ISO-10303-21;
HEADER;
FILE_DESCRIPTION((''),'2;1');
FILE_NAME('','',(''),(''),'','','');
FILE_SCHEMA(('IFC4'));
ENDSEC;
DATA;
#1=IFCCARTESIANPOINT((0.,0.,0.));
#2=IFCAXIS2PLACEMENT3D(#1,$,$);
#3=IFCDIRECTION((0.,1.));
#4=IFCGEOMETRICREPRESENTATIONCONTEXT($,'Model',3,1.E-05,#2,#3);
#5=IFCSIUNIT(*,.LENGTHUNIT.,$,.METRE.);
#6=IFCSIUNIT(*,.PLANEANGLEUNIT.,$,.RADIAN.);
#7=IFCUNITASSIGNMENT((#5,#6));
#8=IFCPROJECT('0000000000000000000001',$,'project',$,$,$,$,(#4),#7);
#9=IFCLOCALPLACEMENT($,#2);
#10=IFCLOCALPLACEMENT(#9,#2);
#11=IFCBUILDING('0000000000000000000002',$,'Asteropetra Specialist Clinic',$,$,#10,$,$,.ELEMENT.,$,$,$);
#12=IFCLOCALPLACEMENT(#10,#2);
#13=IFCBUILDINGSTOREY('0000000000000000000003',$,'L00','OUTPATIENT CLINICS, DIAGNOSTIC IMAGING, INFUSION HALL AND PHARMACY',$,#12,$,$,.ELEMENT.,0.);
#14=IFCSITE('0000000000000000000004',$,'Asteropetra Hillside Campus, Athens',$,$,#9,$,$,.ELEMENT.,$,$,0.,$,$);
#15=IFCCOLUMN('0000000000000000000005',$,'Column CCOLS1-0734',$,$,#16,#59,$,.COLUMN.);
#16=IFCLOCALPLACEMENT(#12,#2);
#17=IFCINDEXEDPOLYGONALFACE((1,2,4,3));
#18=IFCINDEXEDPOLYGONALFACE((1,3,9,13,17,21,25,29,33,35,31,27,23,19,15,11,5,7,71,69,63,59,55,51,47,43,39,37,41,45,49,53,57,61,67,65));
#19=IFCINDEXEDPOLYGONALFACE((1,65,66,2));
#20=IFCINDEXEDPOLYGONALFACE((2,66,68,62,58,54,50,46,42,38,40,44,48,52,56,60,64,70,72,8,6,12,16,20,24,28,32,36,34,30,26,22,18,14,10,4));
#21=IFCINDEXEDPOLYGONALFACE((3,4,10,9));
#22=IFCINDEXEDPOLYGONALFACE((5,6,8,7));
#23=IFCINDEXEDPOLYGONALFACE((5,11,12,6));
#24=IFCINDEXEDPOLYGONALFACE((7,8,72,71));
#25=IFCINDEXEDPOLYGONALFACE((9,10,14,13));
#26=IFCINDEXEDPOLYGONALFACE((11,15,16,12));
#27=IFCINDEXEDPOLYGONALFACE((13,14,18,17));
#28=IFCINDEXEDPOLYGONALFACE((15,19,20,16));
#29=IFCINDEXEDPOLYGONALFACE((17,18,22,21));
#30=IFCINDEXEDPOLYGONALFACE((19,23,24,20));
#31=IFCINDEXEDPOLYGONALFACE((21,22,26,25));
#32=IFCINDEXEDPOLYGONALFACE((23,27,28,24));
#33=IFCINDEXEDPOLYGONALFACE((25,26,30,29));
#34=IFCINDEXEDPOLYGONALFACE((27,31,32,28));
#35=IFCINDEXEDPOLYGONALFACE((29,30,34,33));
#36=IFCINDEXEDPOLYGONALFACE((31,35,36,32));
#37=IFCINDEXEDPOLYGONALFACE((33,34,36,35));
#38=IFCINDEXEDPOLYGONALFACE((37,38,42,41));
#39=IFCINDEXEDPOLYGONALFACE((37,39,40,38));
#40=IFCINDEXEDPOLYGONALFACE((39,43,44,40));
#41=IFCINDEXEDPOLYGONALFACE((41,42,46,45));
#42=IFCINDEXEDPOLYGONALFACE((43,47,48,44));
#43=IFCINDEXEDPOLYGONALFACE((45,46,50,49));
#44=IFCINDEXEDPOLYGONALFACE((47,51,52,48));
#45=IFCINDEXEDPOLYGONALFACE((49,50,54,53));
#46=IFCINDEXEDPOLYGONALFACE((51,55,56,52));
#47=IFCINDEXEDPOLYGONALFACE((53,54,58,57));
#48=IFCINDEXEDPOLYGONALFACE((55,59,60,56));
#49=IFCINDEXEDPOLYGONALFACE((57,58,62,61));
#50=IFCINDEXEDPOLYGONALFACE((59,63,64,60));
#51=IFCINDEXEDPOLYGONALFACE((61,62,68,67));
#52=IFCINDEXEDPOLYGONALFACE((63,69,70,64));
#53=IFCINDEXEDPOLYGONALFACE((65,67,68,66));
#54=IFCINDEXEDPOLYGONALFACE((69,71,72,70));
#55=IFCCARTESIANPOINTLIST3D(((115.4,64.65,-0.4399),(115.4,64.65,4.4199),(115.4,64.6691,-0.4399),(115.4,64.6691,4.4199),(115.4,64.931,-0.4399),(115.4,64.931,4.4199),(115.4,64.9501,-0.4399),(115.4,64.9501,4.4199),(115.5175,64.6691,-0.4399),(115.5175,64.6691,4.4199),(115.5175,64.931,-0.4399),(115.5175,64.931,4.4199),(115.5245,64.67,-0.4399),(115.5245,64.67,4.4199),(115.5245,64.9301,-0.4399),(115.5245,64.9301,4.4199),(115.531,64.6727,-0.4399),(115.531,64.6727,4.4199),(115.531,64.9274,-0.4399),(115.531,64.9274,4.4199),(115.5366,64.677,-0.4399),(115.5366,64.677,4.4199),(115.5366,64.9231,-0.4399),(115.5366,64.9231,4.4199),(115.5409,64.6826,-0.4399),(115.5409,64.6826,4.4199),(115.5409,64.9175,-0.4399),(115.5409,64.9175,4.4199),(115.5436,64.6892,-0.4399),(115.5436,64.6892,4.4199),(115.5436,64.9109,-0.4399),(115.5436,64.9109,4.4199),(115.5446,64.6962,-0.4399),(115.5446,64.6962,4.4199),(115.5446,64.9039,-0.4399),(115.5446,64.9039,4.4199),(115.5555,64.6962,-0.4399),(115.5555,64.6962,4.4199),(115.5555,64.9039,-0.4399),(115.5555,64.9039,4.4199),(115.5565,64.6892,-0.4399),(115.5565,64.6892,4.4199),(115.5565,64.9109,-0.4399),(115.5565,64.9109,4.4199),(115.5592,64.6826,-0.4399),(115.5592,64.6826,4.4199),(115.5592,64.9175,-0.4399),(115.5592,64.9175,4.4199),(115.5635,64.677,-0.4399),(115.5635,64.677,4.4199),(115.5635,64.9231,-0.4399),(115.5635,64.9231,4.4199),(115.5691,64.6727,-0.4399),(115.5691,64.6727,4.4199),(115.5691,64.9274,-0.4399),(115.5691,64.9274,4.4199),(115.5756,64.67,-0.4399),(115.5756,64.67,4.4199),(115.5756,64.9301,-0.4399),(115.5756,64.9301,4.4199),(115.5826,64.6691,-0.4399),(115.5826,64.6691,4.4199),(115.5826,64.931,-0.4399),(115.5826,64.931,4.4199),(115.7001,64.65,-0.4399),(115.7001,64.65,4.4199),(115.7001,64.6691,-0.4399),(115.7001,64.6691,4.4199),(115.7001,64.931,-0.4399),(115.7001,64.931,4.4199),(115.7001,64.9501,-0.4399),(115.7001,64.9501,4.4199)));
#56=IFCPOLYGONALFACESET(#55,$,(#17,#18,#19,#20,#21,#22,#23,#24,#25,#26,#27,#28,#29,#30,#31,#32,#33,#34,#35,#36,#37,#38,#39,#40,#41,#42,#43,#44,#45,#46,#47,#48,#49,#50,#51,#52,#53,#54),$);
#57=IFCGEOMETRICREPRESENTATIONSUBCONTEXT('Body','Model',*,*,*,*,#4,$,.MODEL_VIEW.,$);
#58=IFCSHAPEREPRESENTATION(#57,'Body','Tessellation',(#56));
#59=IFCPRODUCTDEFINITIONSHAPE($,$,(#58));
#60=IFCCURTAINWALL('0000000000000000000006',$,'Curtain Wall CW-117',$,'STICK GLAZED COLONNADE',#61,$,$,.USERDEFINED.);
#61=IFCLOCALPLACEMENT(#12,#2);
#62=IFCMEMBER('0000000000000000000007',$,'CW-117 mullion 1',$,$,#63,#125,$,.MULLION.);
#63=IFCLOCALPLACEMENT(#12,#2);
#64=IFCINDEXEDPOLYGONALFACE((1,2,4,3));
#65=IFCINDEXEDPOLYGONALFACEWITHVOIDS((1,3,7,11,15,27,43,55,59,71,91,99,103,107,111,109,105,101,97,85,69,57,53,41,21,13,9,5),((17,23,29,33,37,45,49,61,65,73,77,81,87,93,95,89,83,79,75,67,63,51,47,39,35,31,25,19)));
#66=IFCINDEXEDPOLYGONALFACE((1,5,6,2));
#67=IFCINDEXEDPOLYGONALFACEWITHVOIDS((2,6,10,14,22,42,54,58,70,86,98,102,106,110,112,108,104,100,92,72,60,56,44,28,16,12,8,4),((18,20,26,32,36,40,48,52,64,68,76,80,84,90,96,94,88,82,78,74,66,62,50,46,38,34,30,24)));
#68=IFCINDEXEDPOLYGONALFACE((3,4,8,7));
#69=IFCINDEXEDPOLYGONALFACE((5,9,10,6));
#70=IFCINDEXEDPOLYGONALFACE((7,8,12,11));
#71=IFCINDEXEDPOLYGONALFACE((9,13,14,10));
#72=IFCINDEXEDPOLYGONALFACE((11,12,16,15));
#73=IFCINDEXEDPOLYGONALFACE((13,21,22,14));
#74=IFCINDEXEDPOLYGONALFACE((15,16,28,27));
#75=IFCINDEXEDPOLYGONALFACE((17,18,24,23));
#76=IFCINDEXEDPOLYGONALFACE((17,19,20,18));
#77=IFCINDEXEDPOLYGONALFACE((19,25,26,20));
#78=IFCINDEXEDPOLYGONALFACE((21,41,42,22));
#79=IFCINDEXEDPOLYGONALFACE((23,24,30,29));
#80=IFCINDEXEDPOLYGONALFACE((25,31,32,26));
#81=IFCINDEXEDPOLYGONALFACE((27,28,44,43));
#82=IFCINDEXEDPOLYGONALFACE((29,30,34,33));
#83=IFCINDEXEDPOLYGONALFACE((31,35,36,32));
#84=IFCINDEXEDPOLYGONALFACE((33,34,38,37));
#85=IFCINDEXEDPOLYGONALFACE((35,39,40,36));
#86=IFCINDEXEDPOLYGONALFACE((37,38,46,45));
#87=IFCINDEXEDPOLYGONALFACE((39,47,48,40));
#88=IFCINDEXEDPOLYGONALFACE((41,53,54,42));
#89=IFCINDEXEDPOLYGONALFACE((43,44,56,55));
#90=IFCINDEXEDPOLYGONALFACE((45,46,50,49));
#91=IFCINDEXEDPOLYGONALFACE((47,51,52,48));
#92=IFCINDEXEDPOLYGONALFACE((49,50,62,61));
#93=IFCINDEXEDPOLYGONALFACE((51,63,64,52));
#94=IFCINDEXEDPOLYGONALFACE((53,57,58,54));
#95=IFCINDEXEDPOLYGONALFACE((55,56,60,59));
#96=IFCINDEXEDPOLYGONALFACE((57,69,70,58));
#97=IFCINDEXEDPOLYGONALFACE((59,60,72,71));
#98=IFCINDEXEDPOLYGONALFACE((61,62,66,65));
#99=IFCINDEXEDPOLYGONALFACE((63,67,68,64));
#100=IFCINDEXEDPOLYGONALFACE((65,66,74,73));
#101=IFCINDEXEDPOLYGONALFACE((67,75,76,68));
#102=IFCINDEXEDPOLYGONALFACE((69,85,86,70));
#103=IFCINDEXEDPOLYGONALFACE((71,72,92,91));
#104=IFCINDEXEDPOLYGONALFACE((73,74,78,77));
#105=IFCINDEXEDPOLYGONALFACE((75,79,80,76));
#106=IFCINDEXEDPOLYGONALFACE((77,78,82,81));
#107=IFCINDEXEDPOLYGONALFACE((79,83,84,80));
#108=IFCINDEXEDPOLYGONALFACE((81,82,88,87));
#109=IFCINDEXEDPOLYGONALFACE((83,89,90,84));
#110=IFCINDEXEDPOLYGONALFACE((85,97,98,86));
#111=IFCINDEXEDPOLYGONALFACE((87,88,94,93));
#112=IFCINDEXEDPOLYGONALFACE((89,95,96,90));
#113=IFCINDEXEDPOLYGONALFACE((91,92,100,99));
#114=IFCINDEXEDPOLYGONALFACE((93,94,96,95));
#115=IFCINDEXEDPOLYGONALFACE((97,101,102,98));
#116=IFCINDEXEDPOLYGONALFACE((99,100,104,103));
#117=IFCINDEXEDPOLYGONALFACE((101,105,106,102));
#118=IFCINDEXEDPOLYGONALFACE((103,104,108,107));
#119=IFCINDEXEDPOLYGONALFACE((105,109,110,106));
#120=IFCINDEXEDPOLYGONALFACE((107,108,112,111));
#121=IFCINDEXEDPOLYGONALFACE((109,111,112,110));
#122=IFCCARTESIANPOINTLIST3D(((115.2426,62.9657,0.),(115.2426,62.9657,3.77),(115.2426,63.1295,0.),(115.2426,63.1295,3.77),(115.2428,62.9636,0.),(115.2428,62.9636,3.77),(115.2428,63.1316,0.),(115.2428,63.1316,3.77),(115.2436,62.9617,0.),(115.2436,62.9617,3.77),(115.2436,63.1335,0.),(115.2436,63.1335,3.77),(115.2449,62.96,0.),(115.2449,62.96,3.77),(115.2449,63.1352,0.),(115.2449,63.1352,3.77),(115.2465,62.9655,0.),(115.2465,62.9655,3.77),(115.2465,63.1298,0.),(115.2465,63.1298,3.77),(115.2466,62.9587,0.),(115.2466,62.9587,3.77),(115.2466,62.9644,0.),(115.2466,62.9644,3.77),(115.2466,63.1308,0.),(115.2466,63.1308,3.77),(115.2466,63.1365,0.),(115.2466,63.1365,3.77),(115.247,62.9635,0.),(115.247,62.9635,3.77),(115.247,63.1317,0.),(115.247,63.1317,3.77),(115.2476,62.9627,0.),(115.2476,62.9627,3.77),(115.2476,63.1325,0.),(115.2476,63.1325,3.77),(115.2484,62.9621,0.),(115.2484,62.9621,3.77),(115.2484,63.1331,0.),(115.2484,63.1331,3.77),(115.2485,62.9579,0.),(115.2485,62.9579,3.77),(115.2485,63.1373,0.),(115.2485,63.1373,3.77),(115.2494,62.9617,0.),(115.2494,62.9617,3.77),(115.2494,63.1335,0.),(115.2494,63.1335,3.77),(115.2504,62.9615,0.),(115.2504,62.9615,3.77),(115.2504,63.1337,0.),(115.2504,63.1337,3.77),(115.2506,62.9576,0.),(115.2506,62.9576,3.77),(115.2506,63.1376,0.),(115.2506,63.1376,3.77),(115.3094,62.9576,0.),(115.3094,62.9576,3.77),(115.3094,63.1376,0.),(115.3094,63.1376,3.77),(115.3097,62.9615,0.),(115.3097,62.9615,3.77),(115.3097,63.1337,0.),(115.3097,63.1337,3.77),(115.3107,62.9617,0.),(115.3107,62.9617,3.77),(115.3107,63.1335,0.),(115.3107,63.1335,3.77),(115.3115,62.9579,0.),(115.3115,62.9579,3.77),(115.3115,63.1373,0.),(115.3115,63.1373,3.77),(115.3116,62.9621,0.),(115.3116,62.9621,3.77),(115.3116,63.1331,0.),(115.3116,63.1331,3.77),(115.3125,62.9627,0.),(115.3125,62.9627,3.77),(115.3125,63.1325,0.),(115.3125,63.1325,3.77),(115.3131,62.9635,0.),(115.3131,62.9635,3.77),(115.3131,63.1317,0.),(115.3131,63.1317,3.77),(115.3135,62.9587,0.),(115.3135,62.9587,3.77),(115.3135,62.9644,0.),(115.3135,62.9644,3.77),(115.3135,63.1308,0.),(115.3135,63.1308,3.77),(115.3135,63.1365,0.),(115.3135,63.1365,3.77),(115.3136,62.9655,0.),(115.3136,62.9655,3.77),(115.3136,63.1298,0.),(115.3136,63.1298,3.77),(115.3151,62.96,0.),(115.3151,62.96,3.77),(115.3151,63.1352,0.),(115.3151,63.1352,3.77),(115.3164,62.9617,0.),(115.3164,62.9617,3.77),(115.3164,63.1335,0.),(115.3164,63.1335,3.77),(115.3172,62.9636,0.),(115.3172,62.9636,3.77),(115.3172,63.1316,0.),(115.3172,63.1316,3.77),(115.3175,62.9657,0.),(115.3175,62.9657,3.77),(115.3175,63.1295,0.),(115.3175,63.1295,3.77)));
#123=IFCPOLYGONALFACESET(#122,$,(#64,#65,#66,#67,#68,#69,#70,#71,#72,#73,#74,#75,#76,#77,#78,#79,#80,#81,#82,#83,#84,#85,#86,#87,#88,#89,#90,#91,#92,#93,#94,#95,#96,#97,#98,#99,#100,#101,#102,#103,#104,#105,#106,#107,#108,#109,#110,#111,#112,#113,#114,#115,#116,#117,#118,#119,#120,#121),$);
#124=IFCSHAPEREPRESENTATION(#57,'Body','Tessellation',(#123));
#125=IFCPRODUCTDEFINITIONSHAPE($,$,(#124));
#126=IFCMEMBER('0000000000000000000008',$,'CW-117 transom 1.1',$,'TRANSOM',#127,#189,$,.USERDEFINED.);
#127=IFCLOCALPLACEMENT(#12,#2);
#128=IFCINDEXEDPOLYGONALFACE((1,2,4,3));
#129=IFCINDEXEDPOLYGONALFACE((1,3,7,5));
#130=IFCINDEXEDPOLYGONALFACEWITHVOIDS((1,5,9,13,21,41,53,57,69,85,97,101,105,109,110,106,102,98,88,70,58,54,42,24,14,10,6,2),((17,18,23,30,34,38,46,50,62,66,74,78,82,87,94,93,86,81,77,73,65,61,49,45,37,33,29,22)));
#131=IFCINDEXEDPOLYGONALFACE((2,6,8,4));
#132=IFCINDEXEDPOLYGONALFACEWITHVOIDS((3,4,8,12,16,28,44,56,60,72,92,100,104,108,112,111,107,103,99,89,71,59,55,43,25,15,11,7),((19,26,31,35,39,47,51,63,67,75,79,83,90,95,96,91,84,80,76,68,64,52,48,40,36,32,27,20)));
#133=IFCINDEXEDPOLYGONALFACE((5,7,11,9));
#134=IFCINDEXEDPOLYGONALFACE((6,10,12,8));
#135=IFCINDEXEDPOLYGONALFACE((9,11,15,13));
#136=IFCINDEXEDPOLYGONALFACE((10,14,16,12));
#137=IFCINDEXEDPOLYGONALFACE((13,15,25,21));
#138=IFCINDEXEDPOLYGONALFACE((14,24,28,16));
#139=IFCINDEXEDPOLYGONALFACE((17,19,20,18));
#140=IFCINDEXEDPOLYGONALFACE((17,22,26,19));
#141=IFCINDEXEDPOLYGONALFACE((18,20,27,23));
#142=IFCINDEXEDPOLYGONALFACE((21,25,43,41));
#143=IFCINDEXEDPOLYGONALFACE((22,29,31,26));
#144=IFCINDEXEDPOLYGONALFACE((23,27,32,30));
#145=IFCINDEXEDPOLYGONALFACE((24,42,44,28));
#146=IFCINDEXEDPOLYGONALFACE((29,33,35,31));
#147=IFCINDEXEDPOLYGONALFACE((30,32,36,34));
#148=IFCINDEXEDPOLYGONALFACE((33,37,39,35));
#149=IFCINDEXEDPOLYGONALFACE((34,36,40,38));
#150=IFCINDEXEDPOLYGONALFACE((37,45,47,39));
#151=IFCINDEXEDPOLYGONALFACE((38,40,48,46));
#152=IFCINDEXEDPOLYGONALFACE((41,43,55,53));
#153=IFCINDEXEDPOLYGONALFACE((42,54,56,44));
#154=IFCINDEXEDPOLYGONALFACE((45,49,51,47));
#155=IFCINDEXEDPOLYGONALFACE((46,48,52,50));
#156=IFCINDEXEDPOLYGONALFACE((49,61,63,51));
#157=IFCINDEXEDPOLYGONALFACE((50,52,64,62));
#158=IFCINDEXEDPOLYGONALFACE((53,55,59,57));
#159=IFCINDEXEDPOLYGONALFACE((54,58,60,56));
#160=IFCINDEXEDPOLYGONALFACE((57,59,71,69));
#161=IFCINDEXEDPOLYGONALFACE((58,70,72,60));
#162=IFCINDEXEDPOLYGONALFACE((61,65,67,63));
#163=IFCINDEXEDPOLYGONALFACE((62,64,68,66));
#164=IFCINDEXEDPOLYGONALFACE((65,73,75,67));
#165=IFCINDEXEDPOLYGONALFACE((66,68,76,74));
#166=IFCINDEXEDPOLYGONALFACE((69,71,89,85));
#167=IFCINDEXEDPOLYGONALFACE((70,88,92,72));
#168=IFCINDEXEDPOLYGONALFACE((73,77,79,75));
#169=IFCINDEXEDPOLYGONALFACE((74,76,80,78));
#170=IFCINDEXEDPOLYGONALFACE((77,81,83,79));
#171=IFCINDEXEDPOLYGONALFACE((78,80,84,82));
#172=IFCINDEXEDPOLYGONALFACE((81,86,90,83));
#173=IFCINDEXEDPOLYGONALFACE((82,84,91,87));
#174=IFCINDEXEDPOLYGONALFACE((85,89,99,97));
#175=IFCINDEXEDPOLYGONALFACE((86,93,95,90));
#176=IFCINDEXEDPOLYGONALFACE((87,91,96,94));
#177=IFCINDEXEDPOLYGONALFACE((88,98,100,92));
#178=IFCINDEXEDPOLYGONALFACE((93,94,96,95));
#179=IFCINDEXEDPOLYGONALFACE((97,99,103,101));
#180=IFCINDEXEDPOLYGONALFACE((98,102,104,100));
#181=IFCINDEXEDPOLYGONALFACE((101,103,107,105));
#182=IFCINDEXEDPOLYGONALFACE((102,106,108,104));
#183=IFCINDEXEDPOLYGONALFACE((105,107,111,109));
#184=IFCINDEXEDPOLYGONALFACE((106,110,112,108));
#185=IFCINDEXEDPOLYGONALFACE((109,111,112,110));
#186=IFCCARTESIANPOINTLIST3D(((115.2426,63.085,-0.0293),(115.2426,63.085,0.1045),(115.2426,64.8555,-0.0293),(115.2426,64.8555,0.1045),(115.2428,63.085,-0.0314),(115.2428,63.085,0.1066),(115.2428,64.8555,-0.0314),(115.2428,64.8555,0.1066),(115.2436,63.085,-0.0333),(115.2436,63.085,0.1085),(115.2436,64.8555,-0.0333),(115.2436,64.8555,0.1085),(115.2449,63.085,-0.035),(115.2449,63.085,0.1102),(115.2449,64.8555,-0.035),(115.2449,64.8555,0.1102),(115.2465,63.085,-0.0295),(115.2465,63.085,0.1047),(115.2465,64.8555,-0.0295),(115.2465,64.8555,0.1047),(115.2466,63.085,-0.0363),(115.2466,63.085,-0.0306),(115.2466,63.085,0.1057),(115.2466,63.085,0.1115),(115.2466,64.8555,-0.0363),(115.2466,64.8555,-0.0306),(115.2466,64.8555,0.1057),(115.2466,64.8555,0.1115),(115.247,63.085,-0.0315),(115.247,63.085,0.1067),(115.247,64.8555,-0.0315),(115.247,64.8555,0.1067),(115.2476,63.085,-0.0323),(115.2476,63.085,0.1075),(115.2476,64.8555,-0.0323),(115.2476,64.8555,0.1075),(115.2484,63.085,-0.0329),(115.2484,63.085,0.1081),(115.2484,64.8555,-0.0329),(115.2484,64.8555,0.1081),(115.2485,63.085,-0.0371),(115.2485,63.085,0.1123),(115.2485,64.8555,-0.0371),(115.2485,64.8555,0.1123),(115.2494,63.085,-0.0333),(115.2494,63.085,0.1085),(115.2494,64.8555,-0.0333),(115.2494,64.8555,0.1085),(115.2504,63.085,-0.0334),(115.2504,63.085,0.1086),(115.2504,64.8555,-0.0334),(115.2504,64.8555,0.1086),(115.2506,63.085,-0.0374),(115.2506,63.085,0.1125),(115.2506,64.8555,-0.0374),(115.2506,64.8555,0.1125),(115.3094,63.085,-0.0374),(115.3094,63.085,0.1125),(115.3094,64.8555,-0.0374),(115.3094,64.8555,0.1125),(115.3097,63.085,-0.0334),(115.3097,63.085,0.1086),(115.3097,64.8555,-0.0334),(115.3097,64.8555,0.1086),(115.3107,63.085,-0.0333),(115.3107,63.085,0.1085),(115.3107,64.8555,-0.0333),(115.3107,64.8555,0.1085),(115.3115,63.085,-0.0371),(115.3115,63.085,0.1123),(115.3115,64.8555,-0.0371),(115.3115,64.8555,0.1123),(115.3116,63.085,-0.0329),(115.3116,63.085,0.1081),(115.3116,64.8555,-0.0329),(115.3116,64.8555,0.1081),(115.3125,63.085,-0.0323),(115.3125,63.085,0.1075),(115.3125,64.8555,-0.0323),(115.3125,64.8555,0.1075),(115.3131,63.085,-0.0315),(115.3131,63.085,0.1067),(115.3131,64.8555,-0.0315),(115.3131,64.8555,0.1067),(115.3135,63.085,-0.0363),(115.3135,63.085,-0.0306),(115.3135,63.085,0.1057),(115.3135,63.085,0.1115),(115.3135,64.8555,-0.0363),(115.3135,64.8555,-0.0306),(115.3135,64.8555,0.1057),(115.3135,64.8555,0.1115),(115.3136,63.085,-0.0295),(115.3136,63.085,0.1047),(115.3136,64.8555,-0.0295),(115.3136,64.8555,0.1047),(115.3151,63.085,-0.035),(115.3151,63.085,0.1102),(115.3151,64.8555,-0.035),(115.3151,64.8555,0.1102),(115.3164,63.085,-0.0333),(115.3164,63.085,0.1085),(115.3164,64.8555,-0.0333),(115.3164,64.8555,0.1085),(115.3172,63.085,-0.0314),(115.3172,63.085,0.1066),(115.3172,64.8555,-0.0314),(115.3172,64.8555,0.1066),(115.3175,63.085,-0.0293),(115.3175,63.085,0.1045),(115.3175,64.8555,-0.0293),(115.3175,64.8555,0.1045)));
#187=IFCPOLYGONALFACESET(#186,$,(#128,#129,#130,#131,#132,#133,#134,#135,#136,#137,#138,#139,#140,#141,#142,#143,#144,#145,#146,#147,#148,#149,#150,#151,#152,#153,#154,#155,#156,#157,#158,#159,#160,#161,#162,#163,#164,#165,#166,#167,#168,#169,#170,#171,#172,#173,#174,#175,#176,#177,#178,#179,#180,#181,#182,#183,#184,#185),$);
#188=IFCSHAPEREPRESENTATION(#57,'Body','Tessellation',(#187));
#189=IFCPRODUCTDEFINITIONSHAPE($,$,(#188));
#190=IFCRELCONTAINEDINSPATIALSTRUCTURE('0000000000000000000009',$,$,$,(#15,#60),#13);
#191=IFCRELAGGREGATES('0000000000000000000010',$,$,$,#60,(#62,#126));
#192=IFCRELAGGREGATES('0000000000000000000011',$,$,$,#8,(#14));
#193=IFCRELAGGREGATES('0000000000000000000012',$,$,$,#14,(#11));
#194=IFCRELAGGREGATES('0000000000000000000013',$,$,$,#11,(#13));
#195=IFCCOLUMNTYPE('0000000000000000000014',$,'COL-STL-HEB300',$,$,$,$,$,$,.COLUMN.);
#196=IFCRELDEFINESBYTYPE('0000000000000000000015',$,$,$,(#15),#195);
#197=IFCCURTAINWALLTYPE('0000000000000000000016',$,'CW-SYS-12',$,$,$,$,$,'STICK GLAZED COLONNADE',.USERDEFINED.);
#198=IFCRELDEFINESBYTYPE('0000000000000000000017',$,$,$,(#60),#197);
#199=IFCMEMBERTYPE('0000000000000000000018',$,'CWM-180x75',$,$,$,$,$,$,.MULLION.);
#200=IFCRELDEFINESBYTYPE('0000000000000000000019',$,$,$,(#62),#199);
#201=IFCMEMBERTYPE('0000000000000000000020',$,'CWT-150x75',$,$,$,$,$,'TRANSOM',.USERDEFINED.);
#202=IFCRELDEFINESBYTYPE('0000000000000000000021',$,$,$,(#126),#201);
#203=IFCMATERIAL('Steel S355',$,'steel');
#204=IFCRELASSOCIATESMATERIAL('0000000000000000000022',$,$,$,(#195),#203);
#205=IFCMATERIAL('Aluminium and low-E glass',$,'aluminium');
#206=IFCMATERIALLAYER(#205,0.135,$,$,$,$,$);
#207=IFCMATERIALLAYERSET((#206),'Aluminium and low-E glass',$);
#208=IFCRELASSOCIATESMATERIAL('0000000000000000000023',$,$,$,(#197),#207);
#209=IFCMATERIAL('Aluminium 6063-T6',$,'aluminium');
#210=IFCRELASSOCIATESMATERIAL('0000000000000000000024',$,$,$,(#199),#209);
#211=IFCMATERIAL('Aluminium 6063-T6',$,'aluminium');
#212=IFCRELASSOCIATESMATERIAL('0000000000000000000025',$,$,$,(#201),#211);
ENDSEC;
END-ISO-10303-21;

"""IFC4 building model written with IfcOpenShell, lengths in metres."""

from ifc_helpers import new_model, si_unit, direction, frame, origin, origin_2d, place, context, subcontext, project, spatial, hollow_rectangle, i_section, extrude, material, layer, layer_set, material_profile, profile_set, type_object, element, aggregate, save


model = new_model("IFC4")

# Units and contexts
model_context = context("Model", 3, precision=1e-05, world=origin(), true_north=direction((0.0, 1.0)))
body_context = subcontext(model_context, "Body", "Model", "MODEL_VIEW")
ifc_project = project(units=[si_unit("LENGTHUNIT", "METRE"), si_unit("PLANEANGLEUNIT", "RADIAN")], contexts=[model_context])

# Site, building, storey
site_placement = place(None, origin())
site = spatial("IfcSite", under=ifc_project, at=site_placement, Name="Asteropetra Hillside Campus, Athens", CompositionType="ELEMENT", RefElevation=0.0)
building_placement = place(site_placement, origin())
building = spatial("IfcBuilding", under=site, at=building_placement, Name="Asteropetra Specialist Clinic", CompositionType="ELEMENT")
storey_placement = place(building_placement, origin())
storey = spatial("IfcBuildingStorey", under=building, at=storey_placement, Name="L00", Description="OUTPATIENT CLINICS, DIAGNOSTIC IMAGING, INFUSION HALL AND PHARMACY", CompositionType="ELEMENT", Elevation=0.0)

# Column
ifc_material_1 = material(Name="Steel S355", Category="steel")
ifc_material_profile_1 = material_profile(ifc_material_1, i_section(OverallWidth=0.3, OverallDepth=0.3, WebThickness=0.011, FlangeThickness=0.019, FilletRadius=0.0271, at=origin_2d()), Name="HEB 300")
ifc_profile_set_1 = profile_set([ifc_material_profile_1], Name="Steel S355")
column_type_1 = type_object("IfcColumnType", Name="COL-STL-HEB300", PredefinedType="COLUMN", material=ifc_profile_set_1)
column_placement = place(storey_placement, frame((115.55, 64.8, -0.4399), z_axis=(0.0, 0.0, 1.0), x_axis=(1.0, 0.0, 0.0)))
element("IfcColumn", 1, at=column_placement, inside=storey, type_object=column_type_1, Name="Column CCOLS1-0734", PredefinedType="COLUMN", context=body_context, shape_type="SweptSolid", body=[
    extrude(i_section(OverallWidth=0.3, OverallDepth=0.3, WebThickness=0.011, FlangeThickness=0.019, FilletRadius=0.0271, at=origin_2d()), origin(), (0.0, 0.0, 1.0), 4.8599),
])

# Curtain wall, members
ifc_material_2 = material(Name="Aluminium and low-E glass", Category="aluminium")
ifc_layer_1 = layer(ifc_material_2, 0.135)
ifc_layer_set_1 = layer_set([ifc_layer_1], Name="Aluminium and low-E glass")
curtain_wall_type = type_object("IfcCurtainWallType", Name="CW-SYS-12", ElementType="STICK GLAZED COLONNADE", PredefinedType="USERDEFINED", material=ifc_layer_set_1)
curtain_wall_placement = place(storey_placement, origin())
curtain_wall = element("IfcCurtainWall", 2, at=curtain_wall_placement, inside=storey, type_object=curtain_wall_type, Name="Curtain Wall CW-117", ObjectType="STICK GLAZED COLONNADE", PredefinedType="USERDEFINED")
ifc_material_3 = material(Name="Aluminium 6063-T6", Category="aluminium")
ifc_material_profile_2 = material_profile(ifc_material_3, hollow_rectangle(XDim=0.075, YDim=0.1799, WallThickness=0.0039, InnerFilletRadius=0.0039, OuterFilletRadius=0.0081, at=origin_2d()), Name="MUL 180x75x4.0")
ifc_profile_set_2 = profile_set([ifc_material_profile_2], Name="Aluminium 6063-T6")
member_type_1 = type_object("IfcMemberType", Name="CWM-180x75", PredefinedType="MULLION", material=ifc_profile_set_2)
member_1_placement = place(storey_placement, frame((115.28, 63.0476, 0.0), z_axis=(0.0, 0.0, 1.0), x_axis=(-1.0, 0.0, 0.0)))
member_1 = element("IfcMember", 3, at=member_1_placement, type_object=member_type_1, Name="CW-117 mullion 1", PredefinedType="MULLION", context=body_context, shape_type="SweptSolid", body=[
    extrude(hollow_rectangle(XDim=0.075, YDim=0.1799, WallThickness=0.0039, InnerFilletRadius=0.0039, OuterFilletRadius=0.0081, at=origin_2d()), origin(), (0.0, 0.0, 1.0), 3.77),
])
ifc_material_4 = material(Name="Aluminium 6063-T6", Category="aluminium")
ifc_material_profile_3 = material_profile(ifc_material_4, hollow_rectangle(XDim=0.075, YDim=0.1499, WallThickness=0.0039, InnerFilletRadius=0.0039, OuterFilletRadius=0.0081, at=origin_2d()), Name="TRN 150x75x4.0")
ifc_profile_set_3 = profile_set([ifc_material_profile_3], Name="Aluminium 6063-T6")
member_type_2 = type_object("IfcMemberType", Name="CWT-150x75", ElementType="TRANSOM", PredefinedType="USERDEFINED", material=ifc_profile_set_3)
member_2_placement = place(storey_placement, frame((115.28, 63.085, 0.0376), z_axis=(0.0, 1.0, 0.0), x_axis=(-1.0, 0.0, 0.0)))
member_2 = element("IfcMember", 4, at=member_2_placement, type_object=member_type_2, Name="CW-117 transom 1.1", ObjectType="TRANSOM", PredefinedType="USERDEFINED", context=body_context, shape_type="SweptSolid", body=[
    extrude(hollow_rectangle(XDim=0.075, YDim=0.1499, WallThickness=0.0039, InnerFilletRadius=0.0039, OuterFilletRadius=0.0081, at=origin_2d()), origin(), (0.0, 0.0, 1.0), 1.7705),
])
aggregate(curtain_wall, [member_1, member_2])

save(model, "model.ifc")
